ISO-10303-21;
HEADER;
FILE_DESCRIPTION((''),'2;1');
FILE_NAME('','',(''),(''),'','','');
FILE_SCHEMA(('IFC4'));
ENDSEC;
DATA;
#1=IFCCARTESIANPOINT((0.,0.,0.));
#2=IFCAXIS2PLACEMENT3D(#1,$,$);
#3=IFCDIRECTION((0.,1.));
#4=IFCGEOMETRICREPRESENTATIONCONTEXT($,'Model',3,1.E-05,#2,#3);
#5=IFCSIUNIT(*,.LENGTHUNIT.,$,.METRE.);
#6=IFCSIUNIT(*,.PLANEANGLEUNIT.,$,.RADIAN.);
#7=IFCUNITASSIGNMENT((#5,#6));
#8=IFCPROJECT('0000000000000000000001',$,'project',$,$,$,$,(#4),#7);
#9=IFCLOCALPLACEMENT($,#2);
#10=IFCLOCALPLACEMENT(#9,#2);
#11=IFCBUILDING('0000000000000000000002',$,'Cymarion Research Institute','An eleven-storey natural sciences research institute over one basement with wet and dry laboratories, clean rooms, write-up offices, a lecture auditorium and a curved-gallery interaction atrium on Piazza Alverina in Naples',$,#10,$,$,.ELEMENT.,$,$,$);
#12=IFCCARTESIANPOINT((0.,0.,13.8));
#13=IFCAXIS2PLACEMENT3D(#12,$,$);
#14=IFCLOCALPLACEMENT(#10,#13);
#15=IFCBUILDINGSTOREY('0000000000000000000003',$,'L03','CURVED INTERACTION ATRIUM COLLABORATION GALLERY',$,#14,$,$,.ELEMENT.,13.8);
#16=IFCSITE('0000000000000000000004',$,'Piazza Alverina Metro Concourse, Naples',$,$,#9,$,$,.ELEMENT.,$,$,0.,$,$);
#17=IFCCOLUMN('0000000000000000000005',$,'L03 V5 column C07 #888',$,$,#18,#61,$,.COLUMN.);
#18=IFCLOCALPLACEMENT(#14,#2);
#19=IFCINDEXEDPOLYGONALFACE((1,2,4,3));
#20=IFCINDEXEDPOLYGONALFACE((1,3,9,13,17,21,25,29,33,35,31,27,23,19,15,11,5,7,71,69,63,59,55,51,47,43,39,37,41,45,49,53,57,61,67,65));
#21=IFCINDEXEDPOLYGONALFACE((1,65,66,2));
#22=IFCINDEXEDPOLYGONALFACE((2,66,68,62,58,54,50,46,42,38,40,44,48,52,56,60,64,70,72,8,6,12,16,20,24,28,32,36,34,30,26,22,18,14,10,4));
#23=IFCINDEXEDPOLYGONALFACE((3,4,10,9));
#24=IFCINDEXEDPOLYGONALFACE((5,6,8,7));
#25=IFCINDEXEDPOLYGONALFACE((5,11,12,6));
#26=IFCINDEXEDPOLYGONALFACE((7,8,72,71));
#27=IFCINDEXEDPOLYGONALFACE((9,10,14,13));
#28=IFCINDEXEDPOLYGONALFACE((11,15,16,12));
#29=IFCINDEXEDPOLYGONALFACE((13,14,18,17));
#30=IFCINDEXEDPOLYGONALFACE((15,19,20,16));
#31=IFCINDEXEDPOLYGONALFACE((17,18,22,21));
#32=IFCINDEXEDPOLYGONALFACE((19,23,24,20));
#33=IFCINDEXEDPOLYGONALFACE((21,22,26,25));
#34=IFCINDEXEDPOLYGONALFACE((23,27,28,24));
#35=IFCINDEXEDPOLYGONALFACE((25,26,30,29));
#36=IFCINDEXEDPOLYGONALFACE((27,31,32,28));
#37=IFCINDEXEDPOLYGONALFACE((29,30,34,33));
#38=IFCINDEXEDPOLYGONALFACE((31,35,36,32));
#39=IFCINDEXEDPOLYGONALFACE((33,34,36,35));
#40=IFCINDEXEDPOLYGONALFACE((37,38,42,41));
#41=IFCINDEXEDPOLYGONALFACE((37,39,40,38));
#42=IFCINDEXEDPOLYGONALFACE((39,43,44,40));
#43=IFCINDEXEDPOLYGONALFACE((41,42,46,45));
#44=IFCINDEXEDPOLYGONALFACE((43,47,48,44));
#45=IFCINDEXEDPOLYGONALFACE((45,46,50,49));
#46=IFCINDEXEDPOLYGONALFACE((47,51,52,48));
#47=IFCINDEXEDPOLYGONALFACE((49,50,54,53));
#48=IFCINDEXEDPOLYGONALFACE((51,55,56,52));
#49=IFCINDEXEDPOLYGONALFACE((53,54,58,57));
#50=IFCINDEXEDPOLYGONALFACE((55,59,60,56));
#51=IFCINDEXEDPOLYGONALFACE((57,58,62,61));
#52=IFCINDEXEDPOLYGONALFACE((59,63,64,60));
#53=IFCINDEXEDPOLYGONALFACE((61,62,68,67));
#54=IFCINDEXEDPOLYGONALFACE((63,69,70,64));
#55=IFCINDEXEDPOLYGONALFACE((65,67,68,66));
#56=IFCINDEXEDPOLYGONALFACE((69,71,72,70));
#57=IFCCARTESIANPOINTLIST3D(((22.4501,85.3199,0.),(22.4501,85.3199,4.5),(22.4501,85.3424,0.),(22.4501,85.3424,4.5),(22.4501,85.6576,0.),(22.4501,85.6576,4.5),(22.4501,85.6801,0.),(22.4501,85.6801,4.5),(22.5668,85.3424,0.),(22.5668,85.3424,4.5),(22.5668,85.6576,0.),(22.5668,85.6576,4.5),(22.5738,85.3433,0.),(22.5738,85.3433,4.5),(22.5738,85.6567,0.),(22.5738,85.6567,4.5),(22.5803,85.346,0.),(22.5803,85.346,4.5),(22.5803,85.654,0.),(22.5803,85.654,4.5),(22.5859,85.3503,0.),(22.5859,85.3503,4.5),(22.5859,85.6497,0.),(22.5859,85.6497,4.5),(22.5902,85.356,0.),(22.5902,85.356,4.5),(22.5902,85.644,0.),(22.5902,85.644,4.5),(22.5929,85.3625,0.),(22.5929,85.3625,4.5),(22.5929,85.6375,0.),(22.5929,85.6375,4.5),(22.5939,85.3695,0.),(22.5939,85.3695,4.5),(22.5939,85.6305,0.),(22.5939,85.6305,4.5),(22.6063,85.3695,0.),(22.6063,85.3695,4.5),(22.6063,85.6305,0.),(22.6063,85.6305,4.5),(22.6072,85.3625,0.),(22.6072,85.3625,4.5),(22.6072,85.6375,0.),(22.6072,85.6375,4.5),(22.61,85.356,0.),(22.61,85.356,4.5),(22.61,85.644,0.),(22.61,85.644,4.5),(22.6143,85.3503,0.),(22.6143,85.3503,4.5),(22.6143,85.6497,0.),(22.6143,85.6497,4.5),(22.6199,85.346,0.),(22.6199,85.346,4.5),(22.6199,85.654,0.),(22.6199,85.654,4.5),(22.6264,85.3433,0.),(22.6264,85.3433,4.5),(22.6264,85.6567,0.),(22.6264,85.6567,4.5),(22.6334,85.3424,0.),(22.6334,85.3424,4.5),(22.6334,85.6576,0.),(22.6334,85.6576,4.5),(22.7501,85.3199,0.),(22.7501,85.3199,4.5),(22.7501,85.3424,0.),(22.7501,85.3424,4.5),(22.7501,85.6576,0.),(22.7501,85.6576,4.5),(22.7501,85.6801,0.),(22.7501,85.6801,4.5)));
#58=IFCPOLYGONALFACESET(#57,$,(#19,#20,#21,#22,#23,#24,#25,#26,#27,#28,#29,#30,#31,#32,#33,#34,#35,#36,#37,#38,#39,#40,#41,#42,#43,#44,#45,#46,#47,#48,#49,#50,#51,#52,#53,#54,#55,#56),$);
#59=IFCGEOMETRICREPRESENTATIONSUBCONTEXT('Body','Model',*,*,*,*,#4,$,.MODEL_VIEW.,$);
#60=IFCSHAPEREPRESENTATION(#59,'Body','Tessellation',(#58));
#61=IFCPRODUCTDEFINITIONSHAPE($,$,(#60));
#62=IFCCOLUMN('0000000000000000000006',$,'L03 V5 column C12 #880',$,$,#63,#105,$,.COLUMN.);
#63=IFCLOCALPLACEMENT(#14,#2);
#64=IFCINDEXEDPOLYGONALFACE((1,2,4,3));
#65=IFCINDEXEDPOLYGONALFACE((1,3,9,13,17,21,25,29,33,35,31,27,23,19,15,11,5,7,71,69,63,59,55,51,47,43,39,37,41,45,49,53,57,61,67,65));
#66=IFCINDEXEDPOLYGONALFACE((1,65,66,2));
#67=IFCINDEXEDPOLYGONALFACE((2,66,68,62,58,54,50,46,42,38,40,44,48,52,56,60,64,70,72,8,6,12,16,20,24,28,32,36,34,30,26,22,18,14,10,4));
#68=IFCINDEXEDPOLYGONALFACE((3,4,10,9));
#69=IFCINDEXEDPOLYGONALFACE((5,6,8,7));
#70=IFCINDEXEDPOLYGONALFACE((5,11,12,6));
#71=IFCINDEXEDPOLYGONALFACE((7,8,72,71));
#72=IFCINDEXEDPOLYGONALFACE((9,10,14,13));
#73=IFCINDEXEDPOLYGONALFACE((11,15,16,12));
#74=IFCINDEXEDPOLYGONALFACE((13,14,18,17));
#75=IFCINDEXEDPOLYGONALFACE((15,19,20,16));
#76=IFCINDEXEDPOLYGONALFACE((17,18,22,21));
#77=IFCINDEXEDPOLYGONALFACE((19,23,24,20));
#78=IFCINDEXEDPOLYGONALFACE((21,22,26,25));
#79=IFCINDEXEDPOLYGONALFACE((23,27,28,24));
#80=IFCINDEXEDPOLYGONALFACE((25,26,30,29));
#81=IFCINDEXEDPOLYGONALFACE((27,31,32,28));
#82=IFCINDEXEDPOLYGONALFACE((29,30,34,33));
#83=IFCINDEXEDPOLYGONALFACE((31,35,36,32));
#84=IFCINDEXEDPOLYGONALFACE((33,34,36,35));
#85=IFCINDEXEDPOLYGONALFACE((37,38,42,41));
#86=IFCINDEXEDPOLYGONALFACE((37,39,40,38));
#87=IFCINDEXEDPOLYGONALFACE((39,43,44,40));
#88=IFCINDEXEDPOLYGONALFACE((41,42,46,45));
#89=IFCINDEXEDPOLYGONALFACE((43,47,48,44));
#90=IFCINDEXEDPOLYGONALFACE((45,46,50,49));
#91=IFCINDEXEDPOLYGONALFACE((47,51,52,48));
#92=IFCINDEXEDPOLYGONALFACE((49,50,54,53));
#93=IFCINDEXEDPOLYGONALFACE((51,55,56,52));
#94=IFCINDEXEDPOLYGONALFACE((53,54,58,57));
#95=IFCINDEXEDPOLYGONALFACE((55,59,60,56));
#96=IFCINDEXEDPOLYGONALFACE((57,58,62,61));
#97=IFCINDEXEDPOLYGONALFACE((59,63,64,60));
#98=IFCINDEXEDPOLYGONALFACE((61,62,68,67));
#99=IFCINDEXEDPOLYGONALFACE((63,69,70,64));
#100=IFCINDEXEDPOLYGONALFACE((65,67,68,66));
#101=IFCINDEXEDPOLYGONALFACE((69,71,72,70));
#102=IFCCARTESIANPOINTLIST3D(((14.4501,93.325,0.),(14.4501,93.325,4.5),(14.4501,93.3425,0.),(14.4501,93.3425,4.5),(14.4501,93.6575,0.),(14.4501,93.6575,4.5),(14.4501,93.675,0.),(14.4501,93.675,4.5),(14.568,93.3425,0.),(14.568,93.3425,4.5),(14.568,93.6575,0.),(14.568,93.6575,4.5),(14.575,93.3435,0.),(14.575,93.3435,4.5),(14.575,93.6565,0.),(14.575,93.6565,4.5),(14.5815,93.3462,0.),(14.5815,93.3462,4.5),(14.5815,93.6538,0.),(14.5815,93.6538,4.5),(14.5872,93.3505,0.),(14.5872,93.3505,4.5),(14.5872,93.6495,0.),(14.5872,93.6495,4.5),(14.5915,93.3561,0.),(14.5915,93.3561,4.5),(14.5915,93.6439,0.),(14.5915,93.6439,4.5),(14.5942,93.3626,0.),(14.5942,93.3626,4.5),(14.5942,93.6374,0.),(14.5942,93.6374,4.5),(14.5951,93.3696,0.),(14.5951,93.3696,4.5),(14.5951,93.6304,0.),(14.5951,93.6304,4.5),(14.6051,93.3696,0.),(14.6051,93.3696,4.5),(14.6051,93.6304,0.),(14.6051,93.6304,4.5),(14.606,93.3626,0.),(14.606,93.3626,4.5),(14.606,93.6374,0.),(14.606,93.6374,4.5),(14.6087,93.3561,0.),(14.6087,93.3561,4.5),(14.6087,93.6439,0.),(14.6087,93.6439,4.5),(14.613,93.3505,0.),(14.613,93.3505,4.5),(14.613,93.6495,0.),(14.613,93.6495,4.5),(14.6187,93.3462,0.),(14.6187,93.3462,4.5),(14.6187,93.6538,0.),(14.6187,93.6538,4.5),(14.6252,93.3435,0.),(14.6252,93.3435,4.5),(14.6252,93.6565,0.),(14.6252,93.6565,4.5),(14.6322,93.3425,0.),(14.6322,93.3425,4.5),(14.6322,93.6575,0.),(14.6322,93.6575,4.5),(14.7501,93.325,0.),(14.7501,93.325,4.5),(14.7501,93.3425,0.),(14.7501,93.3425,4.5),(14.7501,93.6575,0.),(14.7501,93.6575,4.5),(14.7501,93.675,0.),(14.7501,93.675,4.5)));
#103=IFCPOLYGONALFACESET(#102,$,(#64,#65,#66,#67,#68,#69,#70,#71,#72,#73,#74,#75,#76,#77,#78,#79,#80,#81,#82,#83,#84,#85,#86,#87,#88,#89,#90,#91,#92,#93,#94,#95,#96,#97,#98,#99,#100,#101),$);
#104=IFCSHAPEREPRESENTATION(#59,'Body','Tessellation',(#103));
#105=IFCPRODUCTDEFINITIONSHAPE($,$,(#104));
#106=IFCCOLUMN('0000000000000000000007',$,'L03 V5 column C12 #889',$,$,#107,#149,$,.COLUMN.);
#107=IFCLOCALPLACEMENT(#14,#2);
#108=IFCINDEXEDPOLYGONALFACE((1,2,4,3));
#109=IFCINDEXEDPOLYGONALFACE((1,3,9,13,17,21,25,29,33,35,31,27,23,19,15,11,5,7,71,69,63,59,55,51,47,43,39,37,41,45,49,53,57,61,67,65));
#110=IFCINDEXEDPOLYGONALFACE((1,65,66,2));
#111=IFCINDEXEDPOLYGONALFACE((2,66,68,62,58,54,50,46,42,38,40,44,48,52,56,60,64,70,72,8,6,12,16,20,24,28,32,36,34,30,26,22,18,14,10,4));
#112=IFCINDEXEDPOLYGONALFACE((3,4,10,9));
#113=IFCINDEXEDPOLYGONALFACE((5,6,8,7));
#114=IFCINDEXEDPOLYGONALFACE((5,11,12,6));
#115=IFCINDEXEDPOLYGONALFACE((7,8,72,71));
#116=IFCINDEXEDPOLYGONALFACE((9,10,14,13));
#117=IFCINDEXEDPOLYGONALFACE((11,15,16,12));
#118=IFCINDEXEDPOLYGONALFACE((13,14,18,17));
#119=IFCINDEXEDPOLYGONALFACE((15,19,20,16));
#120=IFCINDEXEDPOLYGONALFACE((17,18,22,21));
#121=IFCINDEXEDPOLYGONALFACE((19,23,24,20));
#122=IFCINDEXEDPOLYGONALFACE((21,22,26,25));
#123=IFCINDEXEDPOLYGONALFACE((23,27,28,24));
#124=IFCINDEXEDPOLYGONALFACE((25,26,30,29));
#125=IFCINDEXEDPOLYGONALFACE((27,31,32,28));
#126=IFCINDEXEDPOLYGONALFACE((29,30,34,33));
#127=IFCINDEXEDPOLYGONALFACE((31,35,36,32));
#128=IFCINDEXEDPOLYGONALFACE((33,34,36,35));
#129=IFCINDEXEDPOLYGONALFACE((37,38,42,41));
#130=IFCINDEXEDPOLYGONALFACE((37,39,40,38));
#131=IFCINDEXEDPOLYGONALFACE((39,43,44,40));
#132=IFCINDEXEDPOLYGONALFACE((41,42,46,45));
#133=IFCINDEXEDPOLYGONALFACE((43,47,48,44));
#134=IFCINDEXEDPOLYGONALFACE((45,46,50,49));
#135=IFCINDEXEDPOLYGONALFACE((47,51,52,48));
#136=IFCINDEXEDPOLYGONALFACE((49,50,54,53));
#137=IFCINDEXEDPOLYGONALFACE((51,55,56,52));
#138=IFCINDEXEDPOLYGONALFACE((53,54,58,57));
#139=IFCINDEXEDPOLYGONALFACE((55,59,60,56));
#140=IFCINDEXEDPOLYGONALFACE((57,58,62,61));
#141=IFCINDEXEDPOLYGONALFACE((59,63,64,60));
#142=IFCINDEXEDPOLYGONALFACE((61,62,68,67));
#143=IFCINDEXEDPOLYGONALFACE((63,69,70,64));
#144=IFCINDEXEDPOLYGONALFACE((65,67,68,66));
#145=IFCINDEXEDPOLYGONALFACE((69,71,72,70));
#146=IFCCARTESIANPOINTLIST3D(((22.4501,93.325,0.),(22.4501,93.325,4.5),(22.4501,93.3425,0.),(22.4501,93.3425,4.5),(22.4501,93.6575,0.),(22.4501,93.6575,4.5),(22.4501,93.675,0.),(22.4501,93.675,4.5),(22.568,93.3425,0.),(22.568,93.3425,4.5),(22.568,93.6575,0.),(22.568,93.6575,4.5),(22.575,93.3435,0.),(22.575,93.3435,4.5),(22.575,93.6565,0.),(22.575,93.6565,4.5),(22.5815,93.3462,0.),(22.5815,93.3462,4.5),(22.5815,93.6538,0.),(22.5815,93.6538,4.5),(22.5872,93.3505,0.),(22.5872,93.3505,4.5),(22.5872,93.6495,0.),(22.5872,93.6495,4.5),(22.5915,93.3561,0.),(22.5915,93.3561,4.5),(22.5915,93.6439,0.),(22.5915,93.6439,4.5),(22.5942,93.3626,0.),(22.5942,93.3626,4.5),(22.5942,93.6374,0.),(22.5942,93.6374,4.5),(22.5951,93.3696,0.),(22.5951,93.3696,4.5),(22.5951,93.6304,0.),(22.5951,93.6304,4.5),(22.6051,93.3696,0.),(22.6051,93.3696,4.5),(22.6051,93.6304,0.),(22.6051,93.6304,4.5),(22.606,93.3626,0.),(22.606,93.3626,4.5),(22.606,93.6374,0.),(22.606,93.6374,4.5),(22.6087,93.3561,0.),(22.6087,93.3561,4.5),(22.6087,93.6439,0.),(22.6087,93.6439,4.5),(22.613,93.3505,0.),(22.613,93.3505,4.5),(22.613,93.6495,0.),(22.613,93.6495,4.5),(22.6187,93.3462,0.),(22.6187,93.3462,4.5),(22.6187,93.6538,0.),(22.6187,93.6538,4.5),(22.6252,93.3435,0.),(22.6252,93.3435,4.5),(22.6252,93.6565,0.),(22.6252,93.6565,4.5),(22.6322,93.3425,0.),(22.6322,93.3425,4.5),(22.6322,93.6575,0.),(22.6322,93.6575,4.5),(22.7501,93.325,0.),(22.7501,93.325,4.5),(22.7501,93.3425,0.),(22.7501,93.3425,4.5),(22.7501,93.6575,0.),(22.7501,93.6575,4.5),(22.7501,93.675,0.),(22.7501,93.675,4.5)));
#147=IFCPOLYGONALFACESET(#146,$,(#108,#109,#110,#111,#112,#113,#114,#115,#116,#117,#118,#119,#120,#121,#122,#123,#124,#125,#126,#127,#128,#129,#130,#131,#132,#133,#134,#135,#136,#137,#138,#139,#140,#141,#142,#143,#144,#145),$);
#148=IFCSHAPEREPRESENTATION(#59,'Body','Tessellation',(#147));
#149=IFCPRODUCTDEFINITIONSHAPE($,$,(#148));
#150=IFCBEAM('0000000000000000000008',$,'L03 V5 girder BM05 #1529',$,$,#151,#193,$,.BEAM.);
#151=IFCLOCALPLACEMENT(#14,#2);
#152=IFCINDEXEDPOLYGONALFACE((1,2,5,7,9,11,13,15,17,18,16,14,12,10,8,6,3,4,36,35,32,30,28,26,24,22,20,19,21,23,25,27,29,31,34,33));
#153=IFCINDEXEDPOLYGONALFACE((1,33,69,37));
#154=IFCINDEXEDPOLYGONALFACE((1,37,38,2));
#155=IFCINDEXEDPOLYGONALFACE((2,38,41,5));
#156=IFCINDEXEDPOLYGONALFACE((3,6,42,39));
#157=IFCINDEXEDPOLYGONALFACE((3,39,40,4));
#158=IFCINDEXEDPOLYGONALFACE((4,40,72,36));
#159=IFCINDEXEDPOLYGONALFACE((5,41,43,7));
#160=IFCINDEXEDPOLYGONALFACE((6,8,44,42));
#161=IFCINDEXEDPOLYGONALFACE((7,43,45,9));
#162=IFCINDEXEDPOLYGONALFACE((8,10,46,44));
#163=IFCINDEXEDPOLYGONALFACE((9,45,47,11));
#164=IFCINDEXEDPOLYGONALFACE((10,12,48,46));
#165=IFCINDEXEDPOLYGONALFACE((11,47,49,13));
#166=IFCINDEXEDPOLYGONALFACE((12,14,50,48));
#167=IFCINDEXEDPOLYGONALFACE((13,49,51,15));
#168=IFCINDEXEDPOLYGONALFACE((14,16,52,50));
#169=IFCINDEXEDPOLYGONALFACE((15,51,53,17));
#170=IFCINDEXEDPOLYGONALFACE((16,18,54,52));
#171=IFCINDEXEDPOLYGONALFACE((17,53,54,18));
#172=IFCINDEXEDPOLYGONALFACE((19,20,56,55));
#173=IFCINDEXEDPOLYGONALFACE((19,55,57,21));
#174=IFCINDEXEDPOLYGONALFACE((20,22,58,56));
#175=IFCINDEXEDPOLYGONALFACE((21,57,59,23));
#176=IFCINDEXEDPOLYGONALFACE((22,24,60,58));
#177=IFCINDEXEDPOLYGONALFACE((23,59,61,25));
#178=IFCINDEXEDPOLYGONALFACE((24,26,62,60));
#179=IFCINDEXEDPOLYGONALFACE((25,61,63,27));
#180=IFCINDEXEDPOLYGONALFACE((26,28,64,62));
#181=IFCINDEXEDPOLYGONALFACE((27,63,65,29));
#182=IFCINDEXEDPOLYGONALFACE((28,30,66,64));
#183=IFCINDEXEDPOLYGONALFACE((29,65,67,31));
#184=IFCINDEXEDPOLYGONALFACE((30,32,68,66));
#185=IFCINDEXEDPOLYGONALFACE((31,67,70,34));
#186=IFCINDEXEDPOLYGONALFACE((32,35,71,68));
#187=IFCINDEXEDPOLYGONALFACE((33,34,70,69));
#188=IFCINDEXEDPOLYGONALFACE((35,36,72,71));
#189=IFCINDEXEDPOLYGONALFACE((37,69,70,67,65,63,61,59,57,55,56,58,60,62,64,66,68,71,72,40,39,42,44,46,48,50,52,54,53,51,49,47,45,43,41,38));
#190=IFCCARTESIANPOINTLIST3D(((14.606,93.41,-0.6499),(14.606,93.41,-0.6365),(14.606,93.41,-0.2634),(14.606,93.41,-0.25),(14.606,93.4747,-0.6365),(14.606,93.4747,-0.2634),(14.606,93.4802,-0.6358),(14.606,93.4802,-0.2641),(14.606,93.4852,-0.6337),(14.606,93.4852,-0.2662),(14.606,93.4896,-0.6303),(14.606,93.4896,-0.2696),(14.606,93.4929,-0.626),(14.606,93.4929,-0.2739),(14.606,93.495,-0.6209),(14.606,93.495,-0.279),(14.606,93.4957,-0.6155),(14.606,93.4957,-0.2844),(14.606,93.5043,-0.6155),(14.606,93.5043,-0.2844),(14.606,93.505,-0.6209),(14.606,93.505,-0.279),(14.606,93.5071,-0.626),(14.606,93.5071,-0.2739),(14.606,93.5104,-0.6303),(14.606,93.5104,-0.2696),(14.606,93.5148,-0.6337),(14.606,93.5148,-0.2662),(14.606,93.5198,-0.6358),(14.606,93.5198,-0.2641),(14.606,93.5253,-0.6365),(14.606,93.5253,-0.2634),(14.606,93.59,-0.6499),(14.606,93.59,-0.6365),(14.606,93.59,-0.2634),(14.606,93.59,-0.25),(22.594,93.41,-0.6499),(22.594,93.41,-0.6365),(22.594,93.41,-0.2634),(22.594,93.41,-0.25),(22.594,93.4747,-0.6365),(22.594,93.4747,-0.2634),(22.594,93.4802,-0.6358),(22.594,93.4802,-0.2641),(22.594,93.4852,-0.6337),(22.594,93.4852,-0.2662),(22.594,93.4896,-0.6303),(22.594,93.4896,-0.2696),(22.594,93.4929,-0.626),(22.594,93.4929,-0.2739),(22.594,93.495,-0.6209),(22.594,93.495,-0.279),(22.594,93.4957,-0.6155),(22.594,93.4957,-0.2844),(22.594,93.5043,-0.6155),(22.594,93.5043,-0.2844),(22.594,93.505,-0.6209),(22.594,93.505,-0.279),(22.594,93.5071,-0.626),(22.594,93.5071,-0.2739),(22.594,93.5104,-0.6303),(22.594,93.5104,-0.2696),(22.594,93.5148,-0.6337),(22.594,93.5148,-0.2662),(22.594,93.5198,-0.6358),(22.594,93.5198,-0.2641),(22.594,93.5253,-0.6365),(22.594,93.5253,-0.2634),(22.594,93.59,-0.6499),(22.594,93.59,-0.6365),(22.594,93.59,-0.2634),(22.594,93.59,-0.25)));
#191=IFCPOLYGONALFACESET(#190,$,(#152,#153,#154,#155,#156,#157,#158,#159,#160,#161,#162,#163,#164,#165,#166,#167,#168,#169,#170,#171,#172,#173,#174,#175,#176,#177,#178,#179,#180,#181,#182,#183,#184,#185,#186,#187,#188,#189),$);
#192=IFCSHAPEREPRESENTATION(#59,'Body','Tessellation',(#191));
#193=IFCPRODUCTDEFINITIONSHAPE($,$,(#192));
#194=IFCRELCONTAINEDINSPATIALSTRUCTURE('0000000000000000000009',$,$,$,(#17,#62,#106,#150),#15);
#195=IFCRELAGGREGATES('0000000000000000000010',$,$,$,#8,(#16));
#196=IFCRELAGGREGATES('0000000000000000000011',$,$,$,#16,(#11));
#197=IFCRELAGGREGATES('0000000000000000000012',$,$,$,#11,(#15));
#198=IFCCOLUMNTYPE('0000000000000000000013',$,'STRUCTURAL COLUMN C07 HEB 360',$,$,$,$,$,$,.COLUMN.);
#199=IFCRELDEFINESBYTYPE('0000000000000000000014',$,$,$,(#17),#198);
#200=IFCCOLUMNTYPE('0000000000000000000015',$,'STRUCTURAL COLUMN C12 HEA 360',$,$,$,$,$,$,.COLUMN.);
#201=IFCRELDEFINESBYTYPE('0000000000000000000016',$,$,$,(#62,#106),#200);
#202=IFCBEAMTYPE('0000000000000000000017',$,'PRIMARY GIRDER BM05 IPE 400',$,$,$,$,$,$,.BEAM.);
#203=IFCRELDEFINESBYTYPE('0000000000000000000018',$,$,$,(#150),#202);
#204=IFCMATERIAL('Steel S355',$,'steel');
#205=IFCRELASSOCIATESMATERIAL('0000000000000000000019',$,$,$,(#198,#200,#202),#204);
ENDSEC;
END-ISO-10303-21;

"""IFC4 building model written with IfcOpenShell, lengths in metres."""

from ifc_helpers import new_model, si_unit, direction, frame, origin, origin_2d, place, context, subcontext, project, spatial, i_section, extrude, material, material_profile, profile_set, type_object, element, save


model = new_model("IFC4")

# Units and contexts
model_context = context("Model", 3, precision=1e-05, world=origin(), true_north=direction((0.0, 1.0)))
body_context = subcontext(model_context, "Body", "Model", "MODEL_VIEW")
ifc_project = project(units=[si_unit("LENGTHUNIT", "METRE"), si_unit("PLANEANGLEUNIT", "RADIAN")], contexts=[model_context])

# Site, building, storey
site_placement = place(None, origin())
site = spatial("IfcSite", under=ifc_project, at=site_placement, Name="Piazza Alverina Metro Concourse, Naples", CompositionType="ELEMENT", RefElevation=0.0)
building_placement = place(site_placement, origin())
building = spatial("IfcBuilding", under=site, at=building_placement, Name="Cymarion Research Institute", Description="An eleven-storey natural sciences research institute over one basement with wet and dry laboratories, clean rooms, write-up offices, a lecture auditorium and a curved-gallery interaction atrium on Piazza Alverina in Naples", CompositionType="ELEMENT")
storey_placement = place(building_placement, frame((0.0, 0.0, 13.8)))
storey = spatial("IfcBuildingStorey", under=building, at=storey_placement, Name="L03", Description="CURVED INTERACTION ATRIUM COLLABORATION GALLERY", CompositionType="ELEMENT", Elevation=13.8)

# Columns
ifc_material_1 = material(Name="Steel S355", Category="steel")
ifc_material_profile_1 = material_profile(ifc_material_1, i_section(OverallWidth=0.3, OverallDepth=0.3601, WebThickness=0.0125, FlangeThickness=0.0225, FilletRadius=0.0271, at=origin_2d()), Name="HEB 360")
ifc_profile_set_1 = profile_set([ifc_material_profile_1], Name="Steel S355")
column_type_1 = type_object("IfcColumnType", Name="STRUCTURAL COLUMN C07 HEB 360", PredefinedType="COLUMN", material=ifc_profile_set_1)
column_placement = place(storey_placement, frame((22.6001, 85.5, 0.0), z_axis=(0.0, 0.0, 1.0), x_axis=(1.0, 0.0, 0.0)))
element("IfcColumn", 1, at=column_placement, inside=storey, type_object=column_type_1, Name="L03 V5 column C07 #888", PredefinedType="COLUMN", context=body_context, shape_type="SweptSolid", body=[
    extrude(i_section(OverallWidth=0.3, OverallDepth=0.3601, WebThickness=0.0125, FlangeThickness=0.0225, FilletRadius=0.0271, at=origin_2d()), origin(), (0.0, 0.0, 1.0), 4.5),
])
ifc_material_profile_2 = material_profile(ifc_material_1, i_section(OverallWidth=0.3, OverallDepth=0.3501, WebThickness=0.01, FlangeThickness=0.0176, FilletRadius=0.0271, at=origin_2d()), Name="HEA 360")
ifc_profile_set_2 = profile_set([ifc_material_profile_2], Name="Steel S355")
column_type_2 = type_object("IfcColumnType", Name="STRUCTURAL COLUMN C12 HEA 360", PredefinedType="COLUMN", material=ifc_profile_set_2)
for number, where, z_axis, x_axis, name in (
    (2, (14.6001, 93.5, 0.0), (0.0, 0.0, 1.0), (1.0, 0.0, 0.0), "L03 V5 column C12 #880"),
    (3, (22.6001, 93.5, 0.0), (0.0, 0.0, 1.0), (1.0, 0.0, 0.0), "L03 V5 column C12 #889"),
):
    element("IfcColumn", number, at=place(storey_placement, frame(where, z_axis=z_axis, x_axis=x_axis)), inside=storey, type_object=column_type_2, Name=name, PredefinedType="COLUMN", context=body_context, shape_type="SweptSolid", body=[
        extrude(i_section(OverallWidth=0.3, OverallDepth=0.3501, WebThickness=0.01, FlangeThickness=0.0176, FilletRadius=0.0271, at=origin_2d()), origin(), (0.0, 0.0, 1.0), 4.5),
    ])

# Beam
ifc_material_profile_3 = material_profile(ifc_material_1, i_section(OverallWidth=0.1799, OverallDepth=0.3999, WebThickness=0.0085, FlangeThickness=0.0134, FilletRadius=0.021, at=origin_2d()), Name="IPE 400")
ifc_profile_set_3 = profile_set([ifc_material_profile_3], Name="Steel S355")
beam_type_1 = type_object("IfcBeamType", Name="PRIMARY GIRDER BM05 IPE 400", PredefinedType="BEAM", material=ifc_profile_set_3)
for number, where, z_axis, x_axis, name in (
    (4, (14.606, 93.5, -0.45), (1.0, 0.0, 0.0), (0.0, 1.0, 0.0), "L03 V5 girder BM05 #1529"),
):
    element("IfcBeam", number, at=place(storey_placement, frame(where, z_axis=z_axis, x_axis=x_axis)), inside=storey, type_object=beam_type_1, Name=name, PredefinedType="BEAM", context=body_context, shape_type="SweptSolid", body=[
        extrude(i_section(OverallWidth=0.1799, OverallDepth=0.3999, WebThickness=0.0085, FlangeThickness=0.0134, FilletRadius=0.021, at=origin_2d()), origin(), (0.0, 0.0, 1.0), 7.988),
    ])

save(model, "model.ifc")
